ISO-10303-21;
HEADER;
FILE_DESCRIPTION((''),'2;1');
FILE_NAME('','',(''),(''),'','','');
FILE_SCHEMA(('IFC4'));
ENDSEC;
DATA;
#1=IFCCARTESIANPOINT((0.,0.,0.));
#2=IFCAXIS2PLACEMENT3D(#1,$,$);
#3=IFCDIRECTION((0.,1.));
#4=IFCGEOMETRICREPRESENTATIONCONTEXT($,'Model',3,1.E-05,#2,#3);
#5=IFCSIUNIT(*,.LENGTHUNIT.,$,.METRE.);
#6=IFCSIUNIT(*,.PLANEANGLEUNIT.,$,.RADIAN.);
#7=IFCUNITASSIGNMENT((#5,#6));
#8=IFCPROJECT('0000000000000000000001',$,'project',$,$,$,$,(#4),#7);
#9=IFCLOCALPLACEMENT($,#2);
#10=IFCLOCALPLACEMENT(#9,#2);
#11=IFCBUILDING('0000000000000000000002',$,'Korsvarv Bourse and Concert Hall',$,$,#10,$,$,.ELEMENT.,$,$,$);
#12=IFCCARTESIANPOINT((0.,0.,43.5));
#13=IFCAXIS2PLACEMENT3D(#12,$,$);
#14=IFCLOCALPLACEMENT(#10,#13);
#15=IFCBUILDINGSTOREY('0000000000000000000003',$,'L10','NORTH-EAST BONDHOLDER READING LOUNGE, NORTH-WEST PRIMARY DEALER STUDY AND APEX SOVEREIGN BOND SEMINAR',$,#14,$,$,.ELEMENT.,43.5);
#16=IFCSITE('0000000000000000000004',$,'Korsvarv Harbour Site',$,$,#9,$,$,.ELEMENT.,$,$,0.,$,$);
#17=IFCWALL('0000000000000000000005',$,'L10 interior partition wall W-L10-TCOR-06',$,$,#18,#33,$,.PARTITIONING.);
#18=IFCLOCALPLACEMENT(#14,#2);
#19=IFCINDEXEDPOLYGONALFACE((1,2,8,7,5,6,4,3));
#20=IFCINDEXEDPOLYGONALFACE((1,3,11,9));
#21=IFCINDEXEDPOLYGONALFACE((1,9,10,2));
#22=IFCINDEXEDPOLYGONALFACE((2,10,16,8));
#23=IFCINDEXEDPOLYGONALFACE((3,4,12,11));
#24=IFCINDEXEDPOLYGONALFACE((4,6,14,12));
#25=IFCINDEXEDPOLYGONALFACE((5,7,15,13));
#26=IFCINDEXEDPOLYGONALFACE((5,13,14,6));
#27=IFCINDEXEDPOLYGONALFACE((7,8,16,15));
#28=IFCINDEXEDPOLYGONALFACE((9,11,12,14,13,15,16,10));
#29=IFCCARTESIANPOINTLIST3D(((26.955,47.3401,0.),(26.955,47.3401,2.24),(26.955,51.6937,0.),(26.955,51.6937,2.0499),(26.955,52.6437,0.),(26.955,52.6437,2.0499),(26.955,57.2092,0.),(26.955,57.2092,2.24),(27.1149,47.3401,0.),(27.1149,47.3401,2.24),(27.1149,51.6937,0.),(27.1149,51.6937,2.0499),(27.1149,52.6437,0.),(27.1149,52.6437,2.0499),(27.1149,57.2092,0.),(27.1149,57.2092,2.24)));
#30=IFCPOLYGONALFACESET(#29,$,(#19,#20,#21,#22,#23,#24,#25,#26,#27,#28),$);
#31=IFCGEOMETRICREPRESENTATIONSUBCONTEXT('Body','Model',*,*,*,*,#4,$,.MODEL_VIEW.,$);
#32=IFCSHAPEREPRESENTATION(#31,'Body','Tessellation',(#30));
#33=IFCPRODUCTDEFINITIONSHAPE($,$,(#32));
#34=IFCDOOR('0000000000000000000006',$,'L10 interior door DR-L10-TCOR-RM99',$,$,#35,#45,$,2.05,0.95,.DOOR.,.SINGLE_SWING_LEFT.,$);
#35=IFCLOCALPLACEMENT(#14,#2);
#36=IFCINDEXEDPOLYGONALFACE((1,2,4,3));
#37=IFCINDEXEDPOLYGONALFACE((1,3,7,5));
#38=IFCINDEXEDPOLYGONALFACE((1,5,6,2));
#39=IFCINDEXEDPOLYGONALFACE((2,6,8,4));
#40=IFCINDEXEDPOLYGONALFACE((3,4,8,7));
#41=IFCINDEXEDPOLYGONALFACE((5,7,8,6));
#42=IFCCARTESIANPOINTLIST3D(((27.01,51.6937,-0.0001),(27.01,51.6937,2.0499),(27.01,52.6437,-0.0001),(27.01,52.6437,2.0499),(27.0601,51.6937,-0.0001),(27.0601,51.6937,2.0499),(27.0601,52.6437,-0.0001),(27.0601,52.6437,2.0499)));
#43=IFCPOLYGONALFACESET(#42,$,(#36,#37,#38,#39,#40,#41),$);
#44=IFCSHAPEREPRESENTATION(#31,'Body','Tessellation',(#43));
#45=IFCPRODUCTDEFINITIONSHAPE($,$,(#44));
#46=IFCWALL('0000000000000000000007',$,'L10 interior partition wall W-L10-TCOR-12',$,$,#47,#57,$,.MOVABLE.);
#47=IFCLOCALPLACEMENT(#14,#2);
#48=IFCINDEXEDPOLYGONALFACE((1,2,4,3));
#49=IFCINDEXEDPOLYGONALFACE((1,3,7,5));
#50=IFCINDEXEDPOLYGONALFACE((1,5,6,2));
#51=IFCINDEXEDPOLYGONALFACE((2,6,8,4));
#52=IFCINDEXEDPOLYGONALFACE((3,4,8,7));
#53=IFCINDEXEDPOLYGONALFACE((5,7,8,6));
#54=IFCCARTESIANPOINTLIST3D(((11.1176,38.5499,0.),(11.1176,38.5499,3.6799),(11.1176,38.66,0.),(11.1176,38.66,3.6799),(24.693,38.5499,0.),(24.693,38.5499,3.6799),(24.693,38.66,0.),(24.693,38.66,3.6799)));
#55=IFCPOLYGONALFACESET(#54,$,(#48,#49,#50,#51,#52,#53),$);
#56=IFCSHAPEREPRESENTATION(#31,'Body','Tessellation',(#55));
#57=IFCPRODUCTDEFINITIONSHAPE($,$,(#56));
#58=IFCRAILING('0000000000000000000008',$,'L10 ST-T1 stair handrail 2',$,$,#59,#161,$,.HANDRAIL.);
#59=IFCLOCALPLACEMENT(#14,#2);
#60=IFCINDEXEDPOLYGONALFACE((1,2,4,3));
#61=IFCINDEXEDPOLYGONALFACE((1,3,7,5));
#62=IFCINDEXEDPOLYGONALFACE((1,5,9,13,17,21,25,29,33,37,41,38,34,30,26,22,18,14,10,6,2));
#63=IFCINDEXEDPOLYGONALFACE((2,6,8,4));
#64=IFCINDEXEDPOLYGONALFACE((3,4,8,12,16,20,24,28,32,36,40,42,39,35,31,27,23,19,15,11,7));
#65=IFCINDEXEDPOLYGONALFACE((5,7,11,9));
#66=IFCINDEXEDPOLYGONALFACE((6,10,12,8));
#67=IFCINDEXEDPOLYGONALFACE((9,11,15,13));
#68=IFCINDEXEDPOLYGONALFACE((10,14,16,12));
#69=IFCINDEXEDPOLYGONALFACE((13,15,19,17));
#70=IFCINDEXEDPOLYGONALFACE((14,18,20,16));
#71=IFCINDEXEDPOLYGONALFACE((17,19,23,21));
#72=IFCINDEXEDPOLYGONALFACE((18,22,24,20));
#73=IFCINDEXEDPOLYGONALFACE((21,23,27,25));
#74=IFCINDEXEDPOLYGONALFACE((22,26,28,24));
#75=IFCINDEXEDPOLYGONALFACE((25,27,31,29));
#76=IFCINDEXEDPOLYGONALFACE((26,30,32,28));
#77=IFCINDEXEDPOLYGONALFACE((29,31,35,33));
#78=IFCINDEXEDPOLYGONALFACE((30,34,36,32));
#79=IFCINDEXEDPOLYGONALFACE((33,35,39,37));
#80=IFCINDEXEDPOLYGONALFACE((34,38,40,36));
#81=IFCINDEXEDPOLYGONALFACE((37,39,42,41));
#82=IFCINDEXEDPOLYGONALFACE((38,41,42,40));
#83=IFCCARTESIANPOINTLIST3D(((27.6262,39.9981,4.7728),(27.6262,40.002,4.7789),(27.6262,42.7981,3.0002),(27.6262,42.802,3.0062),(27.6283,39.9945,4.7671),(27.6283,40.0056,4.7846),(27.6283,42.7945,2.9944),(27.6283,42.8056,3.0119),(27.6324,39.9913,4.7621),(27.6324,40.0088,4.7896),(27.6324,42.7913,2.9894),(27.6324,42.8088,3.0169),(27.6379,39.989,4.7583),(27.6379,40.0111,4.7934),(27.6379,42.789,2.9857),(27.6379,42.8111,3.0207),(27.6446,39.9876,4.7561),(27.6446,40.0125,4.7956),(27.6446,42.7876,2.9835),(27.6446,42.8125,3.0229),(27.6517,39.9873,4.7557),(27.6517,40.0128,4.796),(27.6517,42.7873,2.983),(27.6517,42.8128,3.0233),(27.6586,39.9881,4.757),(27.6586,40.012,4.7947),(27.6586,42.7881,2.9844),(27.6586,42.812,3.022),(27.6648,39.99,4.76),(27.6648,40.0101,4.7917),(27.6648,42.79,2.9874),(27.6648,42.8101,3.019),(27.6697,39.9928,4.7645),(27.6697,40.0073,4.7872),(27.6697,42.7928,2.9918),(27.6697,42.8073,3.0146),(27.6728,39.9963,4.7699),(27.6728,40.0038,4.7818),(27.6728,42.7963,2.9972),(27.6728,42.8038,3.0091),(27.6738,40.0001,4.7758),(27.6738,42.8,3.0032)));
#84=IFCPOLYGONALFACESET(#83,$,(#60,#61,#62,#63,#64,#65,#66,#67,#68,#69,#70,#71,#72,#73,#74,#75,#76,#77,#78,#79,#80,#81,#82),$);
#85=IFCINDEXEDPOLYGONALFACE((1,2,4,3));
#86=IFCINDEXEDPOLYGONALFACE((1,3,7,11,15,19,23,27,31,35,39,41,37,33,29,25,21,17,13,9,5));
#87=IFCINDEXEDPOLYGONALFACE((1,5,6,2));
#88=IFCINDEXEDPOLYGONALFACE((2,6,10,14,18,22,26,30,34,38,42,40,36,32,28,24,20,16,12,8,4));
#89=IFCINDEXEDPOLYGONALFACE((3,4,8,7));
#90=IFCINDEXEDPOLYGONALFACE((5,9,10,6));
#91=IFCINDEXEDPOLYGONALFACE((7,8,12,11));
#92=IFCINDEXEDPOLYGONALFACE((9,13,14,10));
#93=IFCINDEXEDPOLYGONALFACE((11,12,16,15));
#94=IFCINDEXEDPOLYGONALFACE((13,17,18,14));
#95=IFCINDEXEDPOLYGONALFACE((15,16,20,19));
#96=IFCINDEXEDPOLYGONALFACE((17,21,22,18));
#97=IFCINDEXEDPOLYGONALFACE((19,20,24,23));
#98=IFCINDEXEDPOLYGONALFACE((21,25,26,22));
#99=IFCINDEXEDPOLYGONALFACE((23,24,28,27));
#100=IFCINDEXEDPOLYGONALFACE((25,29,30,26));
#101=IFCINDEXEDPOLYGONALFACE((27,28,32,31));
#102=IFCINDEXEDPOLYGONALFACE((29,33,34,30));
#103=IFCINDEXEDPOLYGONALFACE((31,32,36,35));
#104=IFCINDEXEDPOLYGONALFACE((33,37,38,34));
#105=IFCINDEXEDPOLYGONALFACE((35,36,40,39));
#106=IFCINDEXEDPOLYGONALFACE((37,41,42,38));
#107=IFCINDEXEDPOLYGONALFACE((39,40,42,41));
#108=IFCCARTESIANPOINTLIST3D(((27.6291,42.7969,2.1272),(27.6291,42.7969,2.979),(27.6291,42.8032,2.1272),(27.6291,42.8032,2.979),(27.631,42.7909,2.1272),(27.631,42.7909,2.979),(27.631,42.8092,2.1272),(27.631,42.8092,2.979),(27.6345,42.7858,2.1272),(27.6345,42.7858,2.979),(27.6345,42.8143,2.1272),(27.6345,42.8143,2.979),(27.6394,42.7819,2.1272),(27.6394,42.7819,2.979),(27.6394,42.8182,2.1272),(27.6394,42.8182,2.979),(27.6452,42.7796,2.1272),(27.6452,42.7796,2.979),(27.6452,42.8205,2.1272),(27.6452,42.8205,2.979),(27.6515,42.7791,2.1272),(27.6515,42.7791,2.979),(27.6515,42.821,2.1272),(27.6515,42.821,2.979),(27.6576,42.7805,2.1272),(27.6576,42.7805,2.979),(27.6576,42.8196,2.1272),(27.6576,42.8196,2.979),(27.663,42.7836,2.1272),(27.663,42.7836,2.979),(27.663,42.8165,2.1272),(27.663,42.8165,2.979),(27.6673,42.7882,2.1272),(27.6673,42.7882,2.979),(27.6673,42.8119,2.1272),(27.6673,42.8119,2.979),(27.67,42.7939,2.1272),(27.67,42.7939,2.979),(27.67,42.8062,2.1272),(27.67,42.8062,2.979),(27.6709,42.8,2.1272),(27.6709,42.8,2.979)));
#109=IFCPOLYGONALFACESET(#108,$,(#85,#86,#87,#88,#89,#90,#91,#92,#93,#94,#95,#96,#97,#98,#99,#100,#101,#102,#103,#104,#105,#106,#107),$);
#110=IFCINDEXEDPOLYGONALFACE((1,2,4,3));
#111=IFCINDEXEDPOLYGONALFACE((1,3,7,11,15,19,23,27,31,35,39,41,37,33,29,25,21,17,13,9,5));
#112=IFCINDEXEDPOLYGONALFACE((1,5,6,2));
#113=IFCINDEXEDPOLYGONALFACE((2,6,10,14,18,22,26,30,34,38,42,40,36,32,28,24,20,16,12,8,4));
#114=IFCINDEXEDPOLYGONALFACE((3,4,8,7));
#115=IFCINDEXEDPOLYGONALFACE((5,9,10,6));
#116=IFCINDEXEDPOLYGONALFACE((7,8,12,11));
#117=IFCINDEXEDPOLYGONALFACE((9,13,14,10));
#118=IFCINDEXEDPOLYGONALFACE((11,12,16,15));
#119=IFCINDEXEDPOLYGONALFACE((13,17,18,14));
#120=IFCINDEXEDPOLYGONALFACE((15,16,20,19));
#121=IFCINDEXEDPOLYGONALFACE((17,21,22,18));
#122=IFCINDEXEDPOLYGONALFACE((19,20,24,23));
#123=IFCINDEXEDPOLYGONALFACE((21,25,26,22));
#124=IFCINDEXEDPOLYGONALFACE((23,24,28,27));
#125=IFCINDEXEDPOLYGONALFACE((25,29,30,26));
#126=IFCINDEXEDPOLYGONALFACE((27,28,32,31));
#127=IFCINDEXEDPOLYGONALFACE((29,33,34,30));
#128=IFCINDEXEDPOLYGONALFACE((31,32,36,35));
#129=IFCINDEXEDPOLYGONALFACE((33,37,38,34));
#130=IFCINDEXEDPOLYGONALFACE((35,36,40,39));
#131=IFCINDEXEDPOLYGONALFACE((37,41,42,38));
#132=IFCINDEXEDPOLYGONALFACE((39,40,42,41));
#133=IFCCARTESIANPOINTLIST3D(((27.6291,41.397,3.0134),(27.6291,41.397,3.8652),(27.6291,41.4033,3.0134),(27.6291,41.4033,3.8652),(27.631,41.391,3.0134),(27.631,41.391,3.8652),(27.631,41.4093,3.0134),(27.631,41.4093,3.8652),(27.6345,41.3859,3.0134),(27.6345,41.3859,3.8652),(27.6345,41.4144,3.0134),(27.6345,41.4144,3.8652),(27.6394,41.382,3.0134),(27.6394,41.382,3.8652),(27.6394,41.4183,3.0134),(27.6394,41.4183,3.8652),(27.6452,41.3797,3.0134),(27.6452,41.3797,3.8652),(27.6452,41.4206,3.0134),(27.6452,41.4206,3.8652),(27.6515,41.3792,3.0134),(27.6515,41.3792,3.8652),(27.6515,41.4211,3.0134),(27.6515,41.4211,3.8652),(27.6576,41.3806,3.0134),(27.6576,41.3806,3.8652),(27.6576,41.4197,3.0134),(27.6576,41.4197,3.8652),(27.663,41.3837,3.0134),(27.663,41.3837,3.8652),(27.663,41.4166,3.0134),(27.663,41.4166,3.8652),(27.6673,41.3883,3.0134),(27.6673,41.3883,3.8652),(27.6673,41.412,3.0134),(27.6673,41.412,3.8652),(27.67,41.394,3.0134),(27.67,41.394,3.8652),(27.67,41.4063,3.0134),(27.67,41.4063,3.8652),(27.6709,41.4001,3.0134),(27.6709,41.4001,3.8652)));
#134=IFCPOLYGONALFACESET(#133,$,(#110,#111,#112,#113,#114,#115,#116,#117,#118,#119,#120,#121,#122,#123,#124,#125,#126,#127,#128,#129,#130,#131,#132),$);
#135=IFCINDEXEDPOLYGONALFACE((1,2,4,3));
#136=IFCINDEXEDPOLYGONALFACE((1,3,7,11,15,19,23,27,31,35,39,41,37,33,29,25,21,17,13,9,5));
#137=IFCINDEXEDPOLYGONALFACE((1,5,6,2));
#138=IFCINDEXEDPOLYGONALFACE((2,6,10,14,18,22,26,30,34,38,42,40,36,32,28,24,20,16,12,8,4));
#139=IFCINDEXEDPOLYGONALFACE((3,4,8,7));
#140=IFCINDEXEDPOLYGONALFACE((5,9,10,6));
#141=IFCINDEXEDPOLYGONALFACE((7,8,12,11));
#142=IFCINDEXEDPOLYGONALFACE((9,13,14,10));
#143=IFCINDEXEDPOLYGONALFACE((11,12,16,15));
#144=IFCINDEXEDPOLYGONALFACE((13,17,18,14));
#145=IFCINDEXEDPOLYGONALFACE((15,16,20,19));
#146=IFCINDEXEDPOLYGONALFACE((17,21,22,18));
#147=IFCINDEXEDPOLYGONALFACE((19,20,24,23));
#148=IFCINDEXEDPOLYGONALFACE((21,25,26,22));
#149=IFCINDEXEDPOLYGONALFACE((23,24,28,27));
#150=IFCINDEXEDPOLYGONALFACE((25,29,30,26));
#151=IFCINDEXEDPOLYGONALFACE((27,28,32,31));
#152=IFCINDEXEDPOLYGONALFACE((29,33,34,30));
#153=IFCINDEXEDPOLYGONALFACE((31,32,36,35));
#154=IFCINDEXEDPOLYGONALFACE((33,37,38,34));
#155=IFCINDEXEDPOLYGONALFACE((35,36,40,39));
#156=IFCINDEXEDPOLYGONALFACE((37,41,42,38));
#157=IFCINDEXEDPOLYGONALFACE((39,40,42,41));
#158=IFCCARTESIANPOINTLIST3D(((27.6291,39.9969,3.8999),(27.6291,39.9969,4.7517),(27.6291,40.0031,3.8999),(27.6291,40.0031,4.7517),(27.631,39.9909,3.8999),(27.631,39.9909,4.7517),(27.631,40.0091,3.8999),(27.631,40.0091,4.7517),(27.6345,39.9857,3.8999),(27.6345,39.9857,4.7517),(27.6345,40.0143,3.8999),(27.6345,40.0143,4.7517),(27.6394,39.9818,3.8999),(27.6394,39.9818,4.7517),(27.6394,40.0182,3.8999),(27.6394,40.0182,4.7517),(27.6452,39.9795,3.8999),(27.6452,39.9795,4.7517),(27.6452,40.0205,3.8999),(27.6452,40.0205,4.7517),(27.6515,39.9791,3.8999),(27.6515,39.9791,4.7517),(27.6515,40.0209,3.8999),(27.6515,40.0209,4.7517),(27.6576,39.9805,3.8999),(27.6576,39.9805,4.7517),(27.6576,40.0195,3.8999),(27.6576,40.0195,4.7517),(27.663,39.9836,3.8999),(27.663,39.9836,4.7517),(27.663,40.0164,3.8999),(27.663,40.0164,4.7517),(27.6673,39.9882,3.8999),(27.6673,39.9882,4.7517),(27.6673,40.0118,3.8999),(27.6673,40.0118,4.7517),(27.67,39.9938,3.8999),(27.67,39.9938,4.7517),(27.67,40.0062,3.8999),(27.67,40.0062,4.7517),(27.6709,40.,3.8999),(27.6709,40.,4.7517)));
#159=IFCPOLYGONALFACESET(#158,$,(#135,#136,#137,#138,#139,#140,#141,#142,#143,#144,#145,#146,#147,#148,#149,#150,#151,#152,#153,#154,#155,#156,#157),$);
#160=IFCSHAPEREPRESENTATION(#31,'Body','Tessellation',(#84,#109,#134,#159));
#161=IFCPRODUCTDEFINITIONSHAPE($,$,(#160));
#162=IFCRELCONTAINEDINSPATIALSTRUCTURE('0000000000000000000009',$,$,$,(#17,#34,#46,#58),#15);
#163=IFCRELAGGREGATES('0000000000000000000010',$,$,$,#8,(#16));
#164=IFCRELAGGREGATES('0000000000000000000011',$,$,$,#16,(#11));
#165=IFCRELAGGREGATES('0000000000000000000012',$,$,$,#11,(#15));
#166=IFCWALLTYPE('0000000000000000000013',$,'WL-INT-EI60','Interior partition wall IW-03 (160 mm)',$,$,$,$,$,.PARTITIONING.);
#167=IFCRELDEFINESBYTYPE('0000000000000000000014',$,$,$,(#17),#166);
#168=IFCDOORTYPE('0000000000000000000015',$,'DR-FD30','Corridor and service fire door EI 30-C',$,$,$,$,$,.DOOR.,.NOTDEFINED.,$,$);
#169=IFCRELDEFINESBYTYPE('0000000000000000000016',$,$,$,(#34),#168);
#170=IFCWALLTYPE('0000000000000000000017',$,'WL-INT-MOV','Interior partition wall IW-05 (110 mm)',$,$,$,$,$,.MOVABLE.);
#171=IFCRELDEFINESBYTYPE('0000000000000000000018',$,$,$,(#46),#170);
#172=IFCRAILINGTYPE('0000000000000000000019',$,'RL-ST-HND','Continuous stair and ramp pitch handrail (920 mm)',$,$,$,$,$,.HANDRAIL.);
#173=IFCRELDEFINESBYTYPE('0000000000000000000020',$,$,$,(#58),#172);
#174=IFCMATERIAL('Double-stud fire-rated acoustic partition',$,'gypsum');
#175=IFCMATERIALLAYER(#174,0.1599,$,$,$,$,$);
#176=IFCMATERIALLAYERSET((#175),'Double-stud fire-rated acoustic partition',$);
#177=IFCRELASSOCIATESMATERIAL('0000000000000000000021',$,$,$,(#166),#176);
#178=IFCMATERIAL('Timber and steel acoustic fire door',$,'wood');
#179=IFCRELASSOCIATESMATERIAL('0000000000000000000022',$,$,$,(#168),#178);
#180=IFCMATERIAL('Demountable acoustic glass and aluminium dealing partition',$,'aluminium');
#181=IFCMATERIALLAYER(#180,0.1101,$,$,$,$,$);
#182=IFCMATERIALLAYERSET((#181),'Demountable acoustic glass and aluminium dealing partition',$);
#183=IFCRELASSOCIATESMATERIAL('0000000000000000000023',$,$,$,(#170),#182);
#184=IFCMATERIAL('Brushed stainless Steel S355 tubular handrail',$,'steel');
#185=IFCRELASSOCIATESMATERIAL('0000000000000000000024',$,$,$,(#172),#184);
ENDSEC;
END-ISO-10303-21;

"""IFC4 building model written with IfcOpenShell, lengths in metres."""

from ifc_helpers import new_model, si_unit, direction, frame, frame_2d, origin, origin_2d, place, context, subcontext, project, spatial, rectangle, circle, extrude, material, layer, layer_set, type_object, element, fill, save


model = new_model("IFC4")

# Units and contexts
model_context = context("Model", 3, precision=1e-05, world=origin(), true_north=direction((0.0, 1.0)))
body_context = subcontext(model_context, "Body", "Model", "MODEL_VIEW")
ifc_project = project(units=[si_unit("LENGTHUNIT", "METRE"), si_unit("PLANEANGLEUNIT", "RADIAN")], contexts=[model_context])

# Site, building, storey
site_placement = place(None, origin())
site = spatial("IfcSite", under=ifc_project, at=site_placement, Name="Korsvarv Harbour Site", CompositionType="ELEMENT", RefElevation=0.0)
building_placement = place(site_placement, origin())
building = spatial("IfcBuilding", under=site, at=building_placement, Name="Korsvarv Bourse and Concert Hall", CompositionType="ELEMENT")
storey_placement = place(building_placement, frame((0.0, 0.0, 43.5)))
storey = spatial("IfcBuildingStorey", under=building, at=storey_placement, Name="L10", Description="NORTH-EAST BONDHOLDER READING LOUNGE, NORTH-WEST PRIMARY DEALER STUDY AND APEX SOVEREIGN BOND SEMINAR", CompositionType="ELEMENT", Elevation=43.5)

# Wall, opening, door
ifc_material_1 = material(Name="Double-stud fire-rated acoustic partition", Category="gypsum")
ifc_layer_1 = layer(ifc_material_1, 0.1599)
ifc_layer_set_1 = layer_set([ifc_layer_1], Name="Double-stud fire-rated acoustic partition")
wall_type_1 = type_object("IfcWallType", Name="WL-INT-EI60", Description="Interior partition wall IW-03 (160 mm)", PredefinedType="PARTITIONING", material=ifc_layer_set_1)
wall_1_placement = place(storey_placement, frame((27.0349, 47.3401, 0.0), z_axis=(0.0, 0.0, 1.0), x_axis=(0.0, 1.0, 0.0)))
wall_1 = element("IfcWall", 1, at=wall_1_placement, inside=storey, type_object=wall_type_1, Name="L10 interior partition wall W-L10-TCOR-06", PredefinedType="PARTITIONING", context=body_context, shape_type="SweptSolid", body=[
    extrude(rectangle(XDim=9.8691, YDim=0.1599, at=frame_2d((4.9346, 0.0))), origin(), (0.0, 0.0, 1.0), 2.24),
])
opening_1_placement = place(wall_1_placement, frame((4.3535, 0.0, 0.0)))
opening_1 = element("IfcOpeningElement", 2, at=opening_1_placement, cuts=wall_1, PredefinedType="OPENING", context=body_context, shape_type="SweptSolid", body=[
    extrude(rectangle(XDim=0.95, YDim=2.05, at=frame_2d((0.4751, 1.0249))), frame((0.0, 0.0898, 0.0), z_axis=(0.0, -1.0, 0.0), x_axis=(1.0, 0.0, 0.0)), (0.0, 0.0, 1.0), 0.1799),
])
ifc_material_2 = material(Name="Timber and steel acoustic fire door", Category="wood")
door_type_1 = type_object("IfcDoorType", Name="DR-FD30", Description="Corridor and service fire door EI 30-C", OperationType="NOTDEFINED", PredefinedType="DOOR", material=ifc_material_2)
door_1_placement = place(opening_1_placement, origin())
door_1 = element("IfcDoor", 3, at=door_1_placement, inside=storey, type_object=door_type_1, Name="L10 interior door DR-L10-TCOR-RM99", OperationType="SINGLE_SWING_LEFT", OverallHeight=2.05, OverallWidth=0.95, PredefinedType="DOOR", context=body_context, shape_type="SweptSolid", body=[
    extrude(rectangle(XDim=0.95, YDim=2.05, at=frame_2d((0.4751, 1.0249))), frame((0.0, 0.0249, 0.0), z_axis=(0.0, -1.0, 0.0), x_axis=(1.0, 0.0, 0.0)), (0.0, 0.0, 1.0), 0.05),
])
fill(opening_1, door_1)

# Wall
ifc_material_3 = material(Name="Demountable acoustic glass and aluminium dealing partition", Category="aluminium")
ifc_layer_2 = layer(ifc_material_3, 0.1101)
ifc_layer_set_2 = layer_set([ifc_layer_2], Name="Demountable acoustic glass and aluminium dealing partition")
wall_type_2 = type_object("IfcWallType", Name="WL-INT-MOV", Description="Interior partition wall IW-05 (110 mm)", PredefinedType="MOVABLE", material=ifc_layer_set_2)
wall_2_placement = place(storey_placement, frame((11.1177, 38.605, 0.0), z_axis=(0.0, 0.0, 1.0), x_axis=(1.0, 0.0, 0.0)))
element("IfcWall", 4, at=wall_2_placement, inside=storey, type_object=wall_type_2, Name="L10 interior partition wall W-L10-TCOR-12", PredefinedType="MOVABLE", context=body_context, shape_type="SweptSolid", body=[
    extrude(rectangle(XDim=13.5754, YDim=0.1101, at=frame_2d((6.7876, 0.0))), origin(), (0.0, 0.0, 1.0), 3.6799),
])

# Railing
ifc_material_4 = material(Name="Brushed stainless Steel S355 tubular handrail", Category="steel")
railing_type = type_object("IfcRailingType", Name="RL-ST-HND", Description="Continuous stair and ramp pitch handrail (920 mm)", PredefinedType="HANDRAIL", material=ifc_material_4)
railing_placement = place(storey_placement, frame((27.6499, 42.8, 2.1272)))
element("IfcRailing", 5, at=railing_placement, inside=storey, type_object=railing_type, Name="L10 ST-T1 stair handrail 2", PredefinedType="HANDRAIL", context=body_context, shape_type="SweptSolid", body=[
    extrude(circle(Radius=0.0239, at=origin_2d()), frame((0.0, 0.0, 0.876), z_axis=(0.0, -0.844909, 0.53491), x_axis=(1.0, 0.0, 0.0)), (0.0, 0.0, 1.0), 3.314),
    extrude(circle(Radius=0.021, at=origin_2d()), origin(), (0.0, 0.0, 1.0), 0.8518),
    extrude(circle(Radius=0.021, at=origin_2d()), frame((0.0, -1.3999, 0.8862)), (0.0, 0.0, 1.0), 0.8518),
    extrude(circle(Radius=0.021, at=origin_2d()), frame((0.0, -2.8, 1.7727)), (0.0, 0.0, 1.0), 0.8518),
])

save(model, "model.ifc")
